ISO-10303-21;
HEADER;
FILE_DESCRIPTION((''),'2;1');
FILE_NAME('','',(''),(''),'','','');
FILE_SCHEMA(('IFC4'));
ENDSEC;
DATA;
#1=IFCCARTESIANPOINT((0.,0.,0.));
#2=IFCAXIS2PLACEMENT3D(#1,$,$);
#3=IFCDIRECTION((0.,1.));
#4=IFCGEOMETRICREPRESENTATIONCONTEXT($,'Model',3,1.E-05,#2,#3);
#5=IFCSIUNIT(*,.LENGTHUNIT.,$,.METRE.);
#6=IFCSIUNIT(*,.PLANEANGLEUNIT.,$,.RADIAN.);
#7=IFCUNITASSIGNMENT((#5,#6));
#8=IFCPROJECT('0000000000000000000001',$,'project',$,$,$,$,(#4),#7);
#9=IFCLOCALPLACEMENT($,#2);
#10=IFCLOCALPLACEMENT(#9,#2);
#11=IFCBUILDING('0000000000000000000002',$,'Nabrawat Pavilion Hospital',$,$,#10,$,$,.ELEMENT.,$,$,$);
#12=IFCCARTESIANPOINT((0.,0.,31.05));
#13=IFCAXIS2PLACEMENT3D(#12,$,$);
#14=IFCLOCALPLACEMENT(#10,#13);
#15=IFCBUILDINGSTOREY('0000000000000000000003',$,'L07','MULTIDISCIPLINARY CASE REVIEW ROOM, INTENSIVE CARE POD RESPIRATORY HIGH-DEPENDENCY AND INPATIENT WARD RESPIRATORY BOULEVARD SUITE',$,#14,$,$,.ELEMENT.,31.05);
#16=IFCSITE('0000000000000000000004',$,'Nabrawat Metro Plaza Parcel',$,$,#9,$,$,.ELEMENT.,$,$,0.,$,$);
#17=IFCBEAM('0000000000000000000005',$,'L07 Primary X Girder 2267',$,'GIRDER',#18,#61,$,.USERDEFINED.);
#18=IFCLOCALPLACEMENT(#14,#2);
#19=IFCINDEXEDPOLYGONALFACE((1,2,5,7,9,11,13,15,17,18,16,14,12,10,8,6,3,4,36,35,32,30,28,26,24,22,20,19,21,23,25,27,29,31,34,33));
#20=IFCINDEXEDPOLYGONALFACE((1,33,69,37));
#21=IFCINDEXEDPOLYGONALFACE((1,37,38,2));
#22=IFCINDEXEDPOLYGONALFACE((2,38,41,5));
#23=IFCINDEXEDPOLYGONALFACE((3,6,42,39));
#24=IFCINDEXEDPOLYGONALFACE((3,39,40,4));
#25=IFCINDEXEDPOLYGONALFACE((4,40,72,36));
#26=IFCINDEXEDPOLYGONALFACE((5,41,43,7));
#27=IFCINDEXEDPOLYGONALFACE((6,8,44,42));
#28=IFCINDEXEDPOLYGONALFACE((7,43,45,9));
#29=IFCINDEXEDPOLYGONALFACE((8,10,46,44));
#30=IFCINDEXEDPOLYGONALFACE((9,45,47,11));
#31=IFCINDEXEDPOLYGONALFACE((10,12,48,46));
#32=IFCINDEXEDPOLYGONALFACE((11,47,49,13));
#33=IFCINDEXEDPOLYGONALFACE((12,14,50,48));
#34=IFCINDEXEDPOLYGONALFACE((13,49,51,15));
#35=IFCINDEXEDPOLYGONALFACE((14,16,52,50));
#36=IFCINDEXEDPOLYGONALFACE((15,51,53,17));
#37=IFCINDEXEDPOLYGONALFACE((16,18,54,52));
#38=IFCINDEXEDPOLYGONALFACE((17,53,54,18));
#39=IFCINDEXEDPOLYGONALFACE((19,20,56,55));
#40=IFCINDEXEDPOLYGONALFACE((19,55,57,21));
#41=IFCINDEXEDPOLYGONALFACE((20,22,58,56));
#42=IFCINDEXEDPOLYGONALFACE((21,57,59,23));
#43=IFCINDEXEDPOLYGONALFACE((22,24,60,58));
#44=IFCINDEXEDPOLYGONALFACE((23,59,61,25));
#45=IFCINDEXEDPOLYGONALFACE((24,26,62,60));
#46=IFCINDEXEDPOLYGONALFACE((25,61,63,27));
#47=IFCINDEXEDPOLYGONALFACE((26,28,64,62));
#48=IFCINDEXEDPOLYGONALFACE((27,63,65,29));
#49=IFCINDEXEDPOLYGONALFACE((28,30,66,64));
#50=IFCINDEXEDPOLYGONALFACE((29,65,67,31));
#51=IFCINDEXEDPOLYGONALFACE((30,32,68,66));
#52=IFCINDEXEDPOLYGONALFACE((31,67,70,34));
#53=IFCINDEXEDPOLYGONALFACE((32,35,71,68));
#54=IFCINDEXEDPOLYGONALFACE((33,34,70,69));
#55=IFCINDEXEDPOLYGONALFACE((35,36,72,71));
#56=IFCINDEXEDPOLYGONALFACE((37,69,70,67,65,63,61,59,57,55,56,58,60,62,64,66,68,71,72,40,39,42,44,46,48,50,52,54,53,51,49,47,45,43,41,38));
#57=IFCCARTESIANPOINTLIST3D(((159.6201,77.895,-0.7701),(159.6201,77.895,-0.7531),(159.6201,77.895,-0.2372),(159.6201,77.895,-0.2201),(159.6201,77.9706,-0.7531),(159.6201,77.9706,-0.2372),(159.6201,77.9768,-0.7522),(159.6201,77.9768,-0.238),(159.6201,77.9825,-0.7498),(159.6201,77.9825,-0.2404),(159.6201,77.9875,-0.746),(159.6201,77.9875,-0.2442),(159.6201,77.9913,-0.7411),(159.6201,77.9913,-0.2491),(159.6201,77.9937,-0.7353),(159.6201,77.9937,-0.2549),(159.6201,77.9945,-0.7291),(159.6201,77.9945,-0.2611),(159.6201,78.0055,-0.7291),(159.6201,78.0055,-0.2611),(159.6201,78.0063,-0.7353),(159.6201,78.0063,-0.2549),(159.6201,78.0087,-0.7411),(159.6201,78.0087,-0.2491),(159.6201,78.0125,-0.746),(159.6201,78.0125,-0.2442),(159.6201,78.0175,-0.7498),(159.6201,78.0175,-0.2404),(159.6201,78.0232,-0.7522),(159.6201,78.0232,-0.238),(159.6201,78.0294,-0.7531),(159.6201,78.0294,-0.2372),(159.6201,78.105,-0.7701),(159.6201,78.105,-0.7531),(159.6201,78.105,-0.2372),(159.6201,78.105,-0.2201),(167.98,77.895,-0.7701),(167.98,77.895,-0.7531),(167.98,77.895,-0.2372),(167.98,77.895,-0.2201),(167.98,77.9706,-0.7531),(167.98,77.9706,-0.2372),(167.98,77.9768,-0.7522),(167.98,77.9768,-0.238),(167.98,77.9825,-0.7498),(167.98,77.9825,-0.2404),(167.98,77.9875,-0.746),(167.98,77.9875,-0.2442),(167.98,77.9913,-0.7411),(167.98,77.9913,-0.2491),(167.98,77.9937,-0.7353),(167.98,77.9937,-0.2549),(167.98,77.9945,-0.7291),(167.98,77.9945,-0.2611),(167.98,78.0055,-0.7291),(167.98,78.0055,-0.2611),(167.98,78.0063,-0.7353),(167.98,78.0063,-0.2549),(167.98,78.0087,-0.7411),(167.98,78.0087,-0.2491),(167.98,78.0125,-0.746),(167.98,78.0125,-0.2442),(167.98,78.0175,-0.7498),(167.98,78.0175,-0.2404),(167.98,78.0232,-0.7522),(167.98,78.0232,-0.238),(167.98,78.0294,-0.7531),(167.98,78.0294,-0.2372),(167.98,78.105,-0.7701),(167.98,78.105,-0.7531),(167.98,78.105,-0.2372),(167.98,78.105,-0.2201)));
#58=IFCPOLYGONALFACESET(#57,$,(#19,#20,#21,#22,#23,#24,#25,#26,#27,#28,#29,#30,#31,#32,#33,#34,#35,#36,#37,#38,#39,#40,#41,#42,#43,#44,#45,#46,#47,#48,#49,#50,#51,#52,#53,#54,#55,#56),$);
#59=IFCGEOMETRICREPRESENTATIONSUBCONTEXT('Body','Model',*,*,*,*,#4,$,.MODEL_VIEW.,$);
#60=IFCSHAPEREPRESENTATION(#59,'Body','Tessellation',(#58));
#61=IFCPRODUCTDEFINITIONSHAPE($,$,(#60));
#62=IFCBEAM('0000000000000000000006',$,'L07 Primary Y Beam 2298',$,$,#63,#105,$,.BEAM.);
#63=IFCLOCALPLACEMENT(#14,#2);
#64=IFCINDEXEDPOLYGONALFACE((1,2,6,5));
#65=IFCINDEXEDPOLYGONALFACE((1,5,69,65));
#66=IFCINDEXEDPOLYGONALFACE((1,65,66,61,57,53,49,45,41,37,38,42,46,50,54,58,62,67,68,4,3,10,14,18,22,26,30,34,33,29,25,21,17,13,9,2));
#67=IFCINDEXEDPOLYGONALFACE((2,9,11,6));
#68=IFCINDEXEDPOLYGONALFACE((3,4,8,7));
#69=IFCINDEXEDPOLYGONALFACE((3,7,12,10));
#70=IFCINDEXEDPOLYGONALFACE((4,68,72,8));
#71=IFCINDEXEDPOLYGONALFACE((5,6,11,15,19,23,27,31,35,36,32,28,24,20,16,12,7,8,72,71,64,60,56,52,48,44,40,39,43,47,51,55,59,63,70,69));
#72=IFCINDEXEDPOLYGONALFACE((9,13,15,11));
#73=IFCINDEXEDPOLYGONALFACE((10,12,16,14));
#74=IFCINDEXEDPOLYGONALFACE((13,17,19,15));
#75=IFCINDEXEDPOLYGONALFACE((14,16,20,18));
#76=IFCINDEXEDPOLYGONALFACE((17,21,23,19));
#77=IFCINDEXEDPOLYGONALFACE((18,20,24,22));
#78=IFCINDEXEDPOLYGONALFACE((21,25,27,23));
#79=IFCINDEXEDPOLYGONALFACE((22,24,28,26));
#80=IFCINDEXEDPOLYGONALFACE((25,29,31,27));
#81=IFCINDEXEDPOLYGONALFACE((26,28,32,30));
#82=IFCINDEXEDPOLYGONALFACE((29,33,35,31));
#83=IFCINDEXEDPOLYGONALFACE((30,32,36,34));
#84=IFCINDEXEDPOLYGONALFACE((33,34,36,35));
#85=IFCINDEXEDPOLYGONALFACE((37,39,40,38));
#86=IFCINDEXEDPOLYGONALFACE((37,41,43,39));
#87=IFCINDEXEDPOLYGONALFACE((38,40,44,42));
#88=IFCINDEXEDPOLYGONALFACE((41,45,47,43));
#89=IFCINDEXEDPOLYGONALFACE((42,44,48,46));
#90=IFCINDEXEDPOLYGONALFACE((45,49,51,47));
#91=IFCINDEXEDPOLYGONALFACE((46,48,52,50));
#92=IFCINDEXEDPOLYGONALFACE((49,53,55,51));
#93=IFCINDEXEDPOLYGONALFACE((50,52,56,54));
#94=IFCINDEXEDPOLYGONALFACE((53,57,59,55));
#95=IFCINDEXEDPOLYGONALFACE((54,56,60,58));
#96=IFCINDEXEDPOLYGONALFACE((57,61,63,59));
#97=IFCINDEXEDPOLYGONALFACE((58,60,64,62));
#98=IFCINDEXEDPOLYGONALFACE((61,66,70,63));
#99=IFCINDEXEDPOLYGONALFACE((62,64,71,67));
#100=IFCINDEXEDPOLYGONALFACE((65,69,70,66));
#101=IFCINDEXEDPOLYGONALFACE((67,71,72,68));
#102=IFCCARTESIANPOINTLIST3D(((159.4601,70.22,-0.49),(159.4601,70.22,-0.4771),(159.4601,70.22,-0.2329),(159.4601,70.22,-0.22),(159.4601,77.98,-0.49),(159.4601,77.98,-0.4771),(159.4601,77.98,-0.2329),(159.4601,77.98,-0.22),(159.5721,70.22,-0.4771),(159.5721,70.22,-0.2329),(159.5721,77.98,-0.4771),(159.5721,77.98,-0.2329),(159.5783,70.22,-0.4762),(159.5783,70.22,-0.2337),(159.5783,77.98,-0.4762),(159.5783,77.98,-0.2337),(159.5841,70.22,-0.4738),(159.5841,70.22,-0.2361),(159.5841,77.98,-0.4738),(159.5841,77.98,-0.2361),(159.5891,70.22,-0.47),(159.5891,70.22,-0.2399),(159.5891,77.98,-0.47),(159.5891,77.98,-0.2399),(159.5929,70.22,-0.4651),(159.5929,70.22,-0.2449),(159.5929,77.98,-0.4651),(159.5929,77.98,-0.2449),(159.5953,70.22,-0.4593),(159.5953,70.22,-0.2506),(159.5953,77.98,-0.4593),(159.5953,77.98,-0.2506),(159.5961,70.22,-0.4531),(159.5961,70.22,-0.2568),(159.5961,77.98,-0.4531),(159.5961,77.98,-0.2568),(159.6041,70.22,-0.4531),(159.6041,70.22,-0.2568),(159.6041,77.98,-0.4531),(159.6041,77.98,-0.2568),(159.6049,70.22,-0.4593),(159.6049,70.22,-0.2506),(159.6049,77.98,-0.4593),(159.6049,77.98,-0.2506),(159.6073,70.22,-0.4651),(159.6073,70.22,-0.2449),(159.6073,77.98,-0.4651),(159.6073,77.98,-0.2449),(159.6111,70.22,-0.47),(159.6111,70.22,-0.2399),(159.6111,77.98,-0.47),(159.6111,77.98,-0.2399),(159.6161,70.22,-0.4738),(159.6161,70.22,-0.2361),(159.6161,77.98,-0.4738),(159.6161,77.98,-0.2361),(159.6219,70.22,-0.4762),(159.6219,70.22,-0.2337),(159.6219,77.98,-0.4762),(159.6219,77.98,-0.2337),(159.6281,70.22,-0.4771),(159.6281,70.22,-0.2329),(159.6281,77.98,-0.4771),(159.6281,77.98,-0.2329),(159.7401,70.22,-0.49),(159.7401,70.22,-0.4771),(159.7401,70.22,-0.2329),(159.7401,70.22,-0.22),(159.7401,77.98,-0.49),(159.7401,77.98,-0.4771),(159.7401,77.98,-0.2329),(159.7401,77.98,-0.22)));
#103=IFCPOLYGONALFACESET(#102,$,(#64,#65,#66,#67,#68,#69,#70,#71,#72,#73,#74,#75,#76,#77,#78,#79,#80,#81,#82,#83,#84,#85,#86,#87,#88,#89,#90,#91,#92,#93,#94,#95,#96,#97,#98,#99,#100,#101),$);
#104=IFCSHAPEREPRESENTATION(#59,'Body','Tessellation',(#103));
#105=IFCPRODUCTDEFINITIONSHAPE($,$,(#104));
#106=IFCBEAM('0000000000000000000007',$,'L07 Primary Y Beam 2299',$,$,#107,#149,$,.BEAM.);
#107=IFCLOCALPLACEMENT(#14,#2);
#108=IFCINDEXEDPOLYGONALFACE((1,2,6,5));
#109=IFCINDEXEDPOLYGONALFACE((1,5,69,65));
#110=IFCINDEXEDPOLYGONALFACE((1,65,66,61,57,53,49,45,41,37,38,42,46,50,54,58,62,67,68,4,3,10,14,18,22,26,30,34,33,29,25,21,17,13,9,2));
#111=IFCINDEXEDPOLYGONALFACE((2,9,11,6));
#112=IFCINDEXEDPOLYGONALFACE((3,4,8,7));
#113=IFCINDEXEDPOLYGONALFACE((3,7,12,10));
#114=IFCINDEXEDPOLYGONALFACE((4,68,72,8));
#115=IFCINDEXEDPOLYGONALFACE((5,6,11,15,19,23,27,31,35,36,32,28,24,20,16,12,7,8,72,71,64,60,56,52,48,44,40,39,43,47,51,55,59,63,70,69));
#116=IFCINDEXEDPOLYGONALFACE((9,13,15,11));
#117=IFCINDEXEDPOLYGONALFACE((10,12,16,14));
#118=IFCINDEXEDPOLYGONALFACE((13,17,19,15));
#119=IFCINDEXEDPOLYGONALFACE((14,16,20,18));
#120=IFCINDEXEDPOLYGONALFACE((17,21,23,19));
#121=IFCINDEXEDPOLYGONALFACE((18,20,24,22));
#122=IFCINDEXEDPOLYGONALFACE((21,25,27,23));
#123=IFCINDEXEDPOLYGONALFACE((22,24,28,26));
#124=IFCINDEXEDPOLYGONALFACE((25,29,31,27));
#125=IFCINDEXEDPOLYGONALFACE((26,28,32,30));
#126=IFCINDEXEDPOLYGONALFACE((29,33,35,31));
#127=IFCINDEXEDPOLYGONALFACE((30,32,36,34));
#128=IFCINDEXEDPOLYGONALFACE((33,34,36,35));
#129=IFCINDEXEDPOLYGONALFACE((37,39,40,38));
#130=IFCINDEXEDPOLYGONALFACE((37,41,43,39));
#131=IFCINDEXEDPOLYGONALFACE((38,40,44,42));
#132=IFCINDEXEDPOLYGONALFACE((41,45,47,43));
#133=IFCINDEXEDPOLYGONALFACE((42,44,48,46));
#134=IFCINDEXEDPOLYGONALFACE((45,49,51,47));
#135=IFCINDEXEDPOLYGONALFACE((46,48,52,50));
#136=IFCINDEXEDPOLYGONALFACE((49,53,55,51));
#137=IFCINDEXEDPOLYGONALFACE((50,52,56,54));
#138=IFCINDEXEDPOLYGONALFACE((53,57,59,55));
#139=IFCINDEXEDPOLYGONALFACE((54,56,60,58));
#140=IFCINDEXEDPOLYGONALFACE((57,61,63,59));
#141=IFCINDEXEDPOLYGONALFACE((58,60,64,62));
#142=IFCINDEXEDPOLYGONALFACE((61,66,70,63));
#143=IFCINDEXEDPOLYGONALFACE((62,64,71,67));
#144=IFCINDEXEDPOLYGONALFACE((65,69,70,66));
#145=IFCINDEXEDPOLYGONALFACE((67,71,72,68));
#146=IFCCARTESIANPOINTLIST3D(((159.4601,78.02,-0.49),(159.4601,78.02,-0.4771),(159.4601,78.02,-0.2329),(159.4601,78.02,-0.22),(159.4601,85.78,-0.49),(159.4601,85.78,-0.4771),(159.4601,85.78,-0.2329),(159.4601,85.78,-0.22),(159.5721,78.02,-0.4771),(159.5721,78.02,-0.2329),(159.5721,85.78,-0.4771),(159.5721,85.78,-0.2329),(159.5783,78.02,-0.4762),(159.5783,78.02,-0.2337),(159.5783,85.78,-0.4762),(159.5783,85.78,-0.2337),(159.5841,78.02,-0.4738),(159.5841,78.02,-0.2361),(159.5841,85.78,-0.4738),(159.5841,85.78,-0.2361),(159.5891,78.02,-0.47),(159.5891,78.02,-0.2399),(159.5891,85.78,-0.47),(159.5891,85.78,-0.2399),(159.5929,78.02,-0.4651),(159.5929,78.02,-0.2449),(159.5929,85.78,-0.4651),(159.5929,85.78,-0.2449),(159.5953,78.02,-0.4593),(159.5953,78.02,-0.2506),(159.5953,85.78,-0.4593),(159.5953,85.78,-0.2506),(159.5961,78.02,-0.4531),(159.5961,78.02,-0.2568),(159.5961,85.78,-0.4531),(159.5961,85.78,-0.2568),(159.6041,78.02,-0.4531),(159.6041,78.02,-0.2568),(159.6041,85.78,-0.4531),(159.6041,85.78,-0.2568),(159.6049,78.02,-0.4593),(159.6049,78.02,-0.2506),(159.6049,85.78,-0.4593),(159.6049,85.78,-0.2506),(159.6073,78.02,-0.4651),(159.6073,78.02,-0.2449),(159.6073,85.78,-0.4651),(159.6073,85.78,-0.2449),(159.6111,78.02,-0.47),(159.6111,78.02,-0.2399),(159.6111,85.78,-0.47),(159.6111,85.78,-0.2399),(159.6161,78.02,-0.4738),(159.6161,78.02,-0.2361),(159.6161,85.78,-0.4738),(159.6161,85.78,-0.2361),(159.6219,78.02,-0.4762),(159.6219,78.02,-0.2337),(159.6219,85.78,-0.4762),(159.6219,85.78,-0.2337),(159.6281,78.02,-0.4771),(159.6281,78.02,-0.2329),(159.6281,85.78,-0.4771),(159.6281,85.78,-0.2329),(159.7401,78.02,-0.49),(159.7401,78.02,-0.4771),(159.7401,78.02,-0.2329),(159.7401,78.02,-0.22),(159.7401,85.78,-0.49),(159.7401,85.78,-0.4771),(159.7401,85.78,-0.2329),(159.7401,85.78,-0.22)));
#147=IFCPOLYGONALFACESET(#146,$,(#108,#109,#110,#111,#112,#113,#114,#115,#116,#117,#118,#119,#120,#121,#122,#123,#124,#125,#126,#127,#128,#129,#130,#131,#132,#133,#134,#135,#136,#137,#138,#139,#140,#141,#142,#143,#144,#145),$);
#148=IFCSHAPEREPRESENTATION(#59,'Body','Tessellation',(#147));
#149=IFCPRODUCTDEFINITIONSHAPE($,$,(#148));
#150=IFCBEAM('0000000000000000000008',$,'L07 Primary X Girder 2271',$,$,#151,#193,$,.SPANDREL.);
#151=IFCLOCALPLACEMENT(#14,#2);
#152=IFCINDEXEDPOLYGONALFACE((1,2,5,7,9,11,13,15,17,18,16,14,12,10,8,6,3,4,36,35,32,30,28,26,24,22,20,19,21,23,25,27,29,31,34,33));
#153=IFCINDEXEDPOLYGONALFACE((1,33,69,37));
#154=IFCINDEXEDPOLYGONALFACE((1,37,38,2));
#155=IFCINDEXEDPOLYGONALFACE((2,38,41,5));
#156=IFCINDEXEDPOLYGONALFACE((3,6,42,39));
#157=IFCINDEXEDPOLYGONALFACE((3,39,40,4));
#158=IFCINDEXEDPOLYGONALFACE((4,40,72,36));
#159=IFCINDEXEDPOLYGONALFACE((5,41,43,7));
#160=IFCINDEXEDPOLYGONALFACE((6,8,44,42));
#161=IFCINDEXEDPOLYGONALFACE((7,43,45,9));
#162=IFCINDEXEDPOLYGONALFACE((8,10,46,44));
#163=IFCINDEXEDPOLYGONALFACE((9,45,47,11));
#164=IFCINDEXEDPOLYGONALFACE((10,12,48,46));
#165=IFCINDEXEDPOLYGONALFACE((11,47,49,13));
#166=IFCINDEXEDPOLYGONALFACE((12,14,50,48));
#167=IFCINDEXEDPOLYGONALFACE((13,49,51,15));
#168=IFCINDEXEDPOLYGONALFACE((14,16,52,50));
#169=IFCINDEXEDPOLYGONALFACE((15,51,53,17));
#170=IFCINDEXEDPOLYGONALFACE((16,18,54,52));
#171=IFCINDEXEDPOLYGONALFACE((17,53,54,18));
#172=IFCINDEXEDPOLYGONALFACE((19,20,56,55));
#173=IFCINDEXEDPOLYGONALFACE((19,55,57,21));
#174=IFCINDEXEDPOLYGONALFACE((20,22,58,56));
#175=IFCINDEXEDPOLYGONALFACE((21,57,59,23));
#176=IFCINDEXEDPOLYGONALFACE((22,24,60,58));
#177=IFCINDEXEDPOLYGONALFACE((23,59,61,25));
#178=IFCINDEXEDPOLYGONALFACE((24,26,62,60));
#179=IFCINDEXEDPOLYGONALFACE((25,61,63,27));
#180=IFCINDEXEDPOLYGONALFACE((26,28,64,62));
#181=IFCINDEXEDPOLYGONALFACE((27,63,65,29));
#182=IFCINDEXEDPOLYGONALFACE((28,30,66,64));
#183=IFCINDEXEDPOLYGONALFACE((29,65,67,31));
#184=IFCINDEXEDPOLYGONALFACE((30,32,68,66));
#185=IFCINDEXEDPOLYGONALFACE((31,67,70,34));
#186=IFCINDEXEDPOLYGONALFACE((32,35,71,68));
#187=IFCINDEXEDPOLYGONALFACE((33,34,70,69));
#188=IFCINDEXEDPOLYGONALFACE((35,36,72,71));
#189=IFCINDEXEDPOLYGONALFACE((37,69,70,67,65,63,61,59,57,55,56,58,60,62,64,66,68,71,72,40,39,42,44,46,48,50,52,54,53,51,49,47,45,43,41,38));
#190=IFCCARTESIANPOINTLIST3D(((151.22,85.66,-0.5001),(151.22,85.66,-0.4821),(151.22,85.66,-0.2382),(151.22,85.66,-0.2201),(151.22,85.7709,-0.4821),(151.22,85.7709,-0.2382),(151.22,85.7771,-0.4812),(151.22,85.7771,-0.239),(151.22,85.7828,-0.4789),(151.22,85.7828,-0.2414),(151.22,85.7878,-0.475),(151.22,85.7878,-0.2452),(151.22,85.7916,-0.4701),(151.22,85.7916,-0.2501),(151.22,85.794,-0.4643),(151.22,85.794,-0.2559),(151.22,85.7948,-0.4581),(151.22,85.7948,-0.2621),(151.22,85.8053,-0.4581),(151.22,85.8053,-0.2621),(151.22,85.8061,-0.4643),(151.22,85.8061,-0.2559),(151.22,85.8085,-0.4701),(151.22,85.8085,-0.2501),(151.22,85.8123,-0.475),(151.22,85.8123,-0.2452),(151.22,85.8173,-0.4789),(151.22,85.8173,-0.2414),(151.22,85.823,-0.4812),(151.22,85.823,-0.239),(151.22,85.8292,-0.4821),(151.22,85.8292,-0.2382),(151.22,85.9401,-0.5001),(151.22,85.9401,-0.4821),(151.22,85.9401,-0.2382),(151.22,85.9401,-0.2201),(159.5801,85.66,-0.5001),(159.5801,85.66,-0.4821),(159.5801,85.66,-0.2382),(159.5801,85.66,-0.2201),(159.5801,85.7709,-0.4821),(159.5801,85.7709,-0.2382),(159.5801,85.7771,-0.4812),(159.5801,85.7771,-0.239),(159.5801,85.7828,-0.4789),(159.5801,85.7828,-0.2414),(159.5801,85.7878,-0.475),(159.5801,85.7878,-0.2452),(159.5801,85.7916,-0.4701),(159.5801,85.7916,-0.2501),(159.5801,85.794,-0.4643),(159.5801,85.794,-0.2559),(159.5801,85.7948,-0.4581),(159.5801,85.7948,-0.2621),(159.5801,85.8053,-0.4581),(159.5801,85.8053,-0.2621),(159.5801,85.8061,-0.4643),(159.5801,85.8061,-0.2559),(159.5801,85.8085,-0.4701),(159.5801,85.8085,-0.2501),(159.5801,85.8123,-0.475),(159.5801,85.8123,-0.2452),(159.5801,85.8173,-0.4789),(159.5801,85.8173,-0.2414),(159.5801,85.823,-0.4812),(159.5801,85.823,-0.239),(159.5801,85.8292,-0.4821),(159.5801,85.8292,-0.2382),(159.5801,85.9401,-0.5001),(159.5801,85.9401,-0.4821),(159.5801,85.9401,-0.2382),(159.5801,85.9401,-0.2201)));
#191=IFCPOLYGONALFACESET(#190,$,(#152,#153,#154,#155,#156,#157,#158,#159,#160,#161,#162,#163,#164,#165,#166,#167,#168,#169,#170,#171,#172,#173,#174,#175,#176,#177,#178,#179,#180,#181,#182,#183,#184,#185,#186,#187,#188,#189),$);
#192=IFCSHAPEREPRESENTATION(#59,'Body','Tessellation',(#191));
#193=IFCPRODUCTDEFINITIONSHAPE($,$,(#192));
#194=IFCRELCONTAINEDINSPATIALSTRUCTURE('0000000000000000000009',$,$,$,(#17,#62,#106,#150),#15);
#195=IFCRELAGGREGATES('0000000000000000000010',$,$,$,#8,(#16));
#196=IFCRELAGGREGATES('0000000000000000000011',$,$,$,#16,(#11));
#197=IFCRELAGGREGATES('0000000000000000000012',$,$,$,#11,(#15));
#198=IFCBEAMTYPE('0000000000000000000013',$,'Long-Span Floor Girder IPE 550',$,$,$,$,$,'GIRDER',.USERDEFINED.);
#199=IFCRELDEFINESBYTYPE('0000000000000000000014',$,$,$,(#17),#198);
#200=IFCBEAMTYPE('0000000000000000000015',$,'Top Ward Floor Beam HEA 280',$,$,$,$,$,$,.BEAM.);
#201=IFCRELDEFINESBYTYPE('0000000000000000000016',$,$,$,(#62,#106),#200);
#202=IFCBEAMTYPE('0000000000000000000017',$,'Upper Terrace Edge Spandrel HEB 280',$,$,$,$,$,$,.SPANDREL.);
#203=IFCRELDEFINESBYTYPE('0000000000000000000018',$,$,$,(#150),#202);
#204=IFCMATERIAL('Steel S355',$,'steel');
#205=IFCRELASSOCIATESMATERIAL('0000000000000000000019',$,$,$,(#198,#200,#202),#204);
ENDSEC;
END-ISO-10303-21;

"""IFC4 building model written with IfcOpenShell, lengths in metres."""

from ifc_helpers import new_model, si_unit, direction, frame, origin, origin_2d, place, context, subcontext, project, spatial, i_section, extrude, material, material_profile, profile_set, type_object, element, save


model = new_model("IFC4")

# Units and contexts
model_context = context("Model", 3, precision=1e-05, world=origin(), true_north=direction((0.0, 1.0)))
body_context = subcontext(model_context, "Body", "Model", "MODEL_VIEW")
ifc_project = project(units=[si_unit("LENGTHUNIT", "METRE"), si_unit("PLANEANGLEUNIT", "RADIAN")], contexts=[model_context])

# Site, building, storey
site_placement = place(None, origin())
site = spatial("IfcSite", under=ifc_project, at=site_placement, Name="Nabrawat Metro Plaza Parcel", CompositionType="ELEMENT", RefElevation=0.0)
building_placement = place(site_placement, origin())
building = spatial("IfcBuilding", under=site, at=building_placement, Name="Nabrawat Pavilion Hospital", CompositionType="ELEMENT")
storey_placement = place(building_placement, frame((0.0, 0.0, 31.05)))
storey = spatial("IfcBuildingStorey", under=building, at=storey_placement, Name="L07", Description="MULTIDISCIPLINARY CASE REVIEW ROOM, INTENSIVE CARE POD RESPIRATORY HIGH-DEPENDENCY AND INPATIENT WARD RESPIRATORY BOULEVARD SUITE", CompositionType="ELEMENT", Elevation=31.05)

# Beams
ifc_material_1 = material(Name="Steel S355", Category="steel")
ifc_material_profile_1 = material_profile(ifc_material_1, i_section(OverallWidth=0.21, OverallDepth=0.55, WebThickness=0.011, FlangeThickness=0.0171, FilletRadius=0.0239, at=origin_2d()), Name="IPE 550")
ifc_profile_set_1 = profile_set([ifc_material_profile_1], Name="Steel S355")
beam_type_1 = type_object("IfcBeamType", Name="Long-Span Floor Girder IPE 550", ElementType="GIRDER", PredefinedType="USERDEFINED", material=ifc_profile_set_1)
beam_1_placement = place(storey_placement, frame((159.6201, 78.0, -0.4951), z_axis=(1.0, 0.0, 0.0), x_axis=(0.0, 1.0, 0.0)))
element("IfcBeam", 1, at=beam_1_placement, inside=storey, type_object=beam_type_1, Name="L07 Primary X Girder 2267", ObjectType="GIRDER", PredefinedType="USERDEFINED", context=body_context, shape_type="SweptSolid", body=[
    extrude(i_section(OverallWidth=0.21, OverallDepth=0.55, WebThickness=0.011, FlangeThickness=0.0171, FilletRadius=0.0239, at=origin_2d()), origin(), (0.0, 0.0, 1.0), 8.3599),
])
ifc_material_profile_2 = material_profile(ifc_material_1, i_section(OverallWidth=0.28, OverallDepth=0.27, WebThickness=0.0081, FlangeThickness=0.0129, FilletRadius=0.0239, at=origin_2d()), Name="HEA 280")
ifc_profile_set_2 = profile_set([ifc_material_profile_2], Name="Steel S355")
beam_type_2 = type_object("IfcBeamType", Name="Top Ward Floor Beam HEA 280", PredefinedType="BEAM", material=ifc_profile_set_2)
for number, where, z_axis, x_axis, name in (
    (2, (159.6001, 70.22, -0.355), (0.0, 1.0, 0.0), (-1.0, 0.0, 0.0), "L07 Primary Y Beam 2298"),
    (3, (159.6001, 78.02, -0.355), (0.0, 1.0, 0.0), (-1.0, 0.0, 0.0), "L07 Primary Y Beam 2299"),
):
    element("IfcBeam", number, at=place(storey_placement, frame(where, z_axis=z_axis, x_axis=x_axis)), inside=storey, type_object=beam_type_2, Name=name, PredefinedType="BEAM", context=body_context, shape_type="SweptSolid", body=[
        extrude(i_section(OverallWidth=0.28, OverallDepth=0.27, WebThickness=0.0081, FlangeThickness=0.0129, FilletRadius=0.0239, at=origin_2d()), origin(), (0.0, 0.0, 1.0), 7.76),
    ])
ifc_material_profile_3 = material_profile(ifc_material_1, i_section(OverallWidth=0.28, OverallDepth=0.28, WebThickness=0.0105, FlangeThickness=0.0181, FilletRadius=0.0239, at=origin_2d()), Name="HEB 280")
ifc_profile_set_3 = profile_set([ifc_material_profile_3], Name="Steel S355")
beam_type_3 = type_object("IfcBeamType", Name="Upper Terrace Edge Spandrel HEB 280", PredefinedType="SPANDREL", material=ifc_profile_set_3)
beam_2_placement = place(storey_placement, frame((151.22, 85.8, -0.3601), z_axis=(1.0, 0.0, 0.0), x_axis=(0.0, 1.0, 0.0)))
element("IfcBeam", 4, at=beam_2_placement, inside=storey, type_object=beam_type_3, Name="L07 Primary X Girder 2271", PredefinedType="SPANDREL", context=body_context, shape_type="SweptSolid", body=[
    extrude(i_section(OverallWidth=0.28, OverallDepth=0.28, WebThickness=0.0105, FlangeThickness=0.0181, FilletRadius=0.0239, at=origin_2d()), origin(), (0.0, 0.0, 1.0), 8.3601),
])

save(model, "model.ifc")
